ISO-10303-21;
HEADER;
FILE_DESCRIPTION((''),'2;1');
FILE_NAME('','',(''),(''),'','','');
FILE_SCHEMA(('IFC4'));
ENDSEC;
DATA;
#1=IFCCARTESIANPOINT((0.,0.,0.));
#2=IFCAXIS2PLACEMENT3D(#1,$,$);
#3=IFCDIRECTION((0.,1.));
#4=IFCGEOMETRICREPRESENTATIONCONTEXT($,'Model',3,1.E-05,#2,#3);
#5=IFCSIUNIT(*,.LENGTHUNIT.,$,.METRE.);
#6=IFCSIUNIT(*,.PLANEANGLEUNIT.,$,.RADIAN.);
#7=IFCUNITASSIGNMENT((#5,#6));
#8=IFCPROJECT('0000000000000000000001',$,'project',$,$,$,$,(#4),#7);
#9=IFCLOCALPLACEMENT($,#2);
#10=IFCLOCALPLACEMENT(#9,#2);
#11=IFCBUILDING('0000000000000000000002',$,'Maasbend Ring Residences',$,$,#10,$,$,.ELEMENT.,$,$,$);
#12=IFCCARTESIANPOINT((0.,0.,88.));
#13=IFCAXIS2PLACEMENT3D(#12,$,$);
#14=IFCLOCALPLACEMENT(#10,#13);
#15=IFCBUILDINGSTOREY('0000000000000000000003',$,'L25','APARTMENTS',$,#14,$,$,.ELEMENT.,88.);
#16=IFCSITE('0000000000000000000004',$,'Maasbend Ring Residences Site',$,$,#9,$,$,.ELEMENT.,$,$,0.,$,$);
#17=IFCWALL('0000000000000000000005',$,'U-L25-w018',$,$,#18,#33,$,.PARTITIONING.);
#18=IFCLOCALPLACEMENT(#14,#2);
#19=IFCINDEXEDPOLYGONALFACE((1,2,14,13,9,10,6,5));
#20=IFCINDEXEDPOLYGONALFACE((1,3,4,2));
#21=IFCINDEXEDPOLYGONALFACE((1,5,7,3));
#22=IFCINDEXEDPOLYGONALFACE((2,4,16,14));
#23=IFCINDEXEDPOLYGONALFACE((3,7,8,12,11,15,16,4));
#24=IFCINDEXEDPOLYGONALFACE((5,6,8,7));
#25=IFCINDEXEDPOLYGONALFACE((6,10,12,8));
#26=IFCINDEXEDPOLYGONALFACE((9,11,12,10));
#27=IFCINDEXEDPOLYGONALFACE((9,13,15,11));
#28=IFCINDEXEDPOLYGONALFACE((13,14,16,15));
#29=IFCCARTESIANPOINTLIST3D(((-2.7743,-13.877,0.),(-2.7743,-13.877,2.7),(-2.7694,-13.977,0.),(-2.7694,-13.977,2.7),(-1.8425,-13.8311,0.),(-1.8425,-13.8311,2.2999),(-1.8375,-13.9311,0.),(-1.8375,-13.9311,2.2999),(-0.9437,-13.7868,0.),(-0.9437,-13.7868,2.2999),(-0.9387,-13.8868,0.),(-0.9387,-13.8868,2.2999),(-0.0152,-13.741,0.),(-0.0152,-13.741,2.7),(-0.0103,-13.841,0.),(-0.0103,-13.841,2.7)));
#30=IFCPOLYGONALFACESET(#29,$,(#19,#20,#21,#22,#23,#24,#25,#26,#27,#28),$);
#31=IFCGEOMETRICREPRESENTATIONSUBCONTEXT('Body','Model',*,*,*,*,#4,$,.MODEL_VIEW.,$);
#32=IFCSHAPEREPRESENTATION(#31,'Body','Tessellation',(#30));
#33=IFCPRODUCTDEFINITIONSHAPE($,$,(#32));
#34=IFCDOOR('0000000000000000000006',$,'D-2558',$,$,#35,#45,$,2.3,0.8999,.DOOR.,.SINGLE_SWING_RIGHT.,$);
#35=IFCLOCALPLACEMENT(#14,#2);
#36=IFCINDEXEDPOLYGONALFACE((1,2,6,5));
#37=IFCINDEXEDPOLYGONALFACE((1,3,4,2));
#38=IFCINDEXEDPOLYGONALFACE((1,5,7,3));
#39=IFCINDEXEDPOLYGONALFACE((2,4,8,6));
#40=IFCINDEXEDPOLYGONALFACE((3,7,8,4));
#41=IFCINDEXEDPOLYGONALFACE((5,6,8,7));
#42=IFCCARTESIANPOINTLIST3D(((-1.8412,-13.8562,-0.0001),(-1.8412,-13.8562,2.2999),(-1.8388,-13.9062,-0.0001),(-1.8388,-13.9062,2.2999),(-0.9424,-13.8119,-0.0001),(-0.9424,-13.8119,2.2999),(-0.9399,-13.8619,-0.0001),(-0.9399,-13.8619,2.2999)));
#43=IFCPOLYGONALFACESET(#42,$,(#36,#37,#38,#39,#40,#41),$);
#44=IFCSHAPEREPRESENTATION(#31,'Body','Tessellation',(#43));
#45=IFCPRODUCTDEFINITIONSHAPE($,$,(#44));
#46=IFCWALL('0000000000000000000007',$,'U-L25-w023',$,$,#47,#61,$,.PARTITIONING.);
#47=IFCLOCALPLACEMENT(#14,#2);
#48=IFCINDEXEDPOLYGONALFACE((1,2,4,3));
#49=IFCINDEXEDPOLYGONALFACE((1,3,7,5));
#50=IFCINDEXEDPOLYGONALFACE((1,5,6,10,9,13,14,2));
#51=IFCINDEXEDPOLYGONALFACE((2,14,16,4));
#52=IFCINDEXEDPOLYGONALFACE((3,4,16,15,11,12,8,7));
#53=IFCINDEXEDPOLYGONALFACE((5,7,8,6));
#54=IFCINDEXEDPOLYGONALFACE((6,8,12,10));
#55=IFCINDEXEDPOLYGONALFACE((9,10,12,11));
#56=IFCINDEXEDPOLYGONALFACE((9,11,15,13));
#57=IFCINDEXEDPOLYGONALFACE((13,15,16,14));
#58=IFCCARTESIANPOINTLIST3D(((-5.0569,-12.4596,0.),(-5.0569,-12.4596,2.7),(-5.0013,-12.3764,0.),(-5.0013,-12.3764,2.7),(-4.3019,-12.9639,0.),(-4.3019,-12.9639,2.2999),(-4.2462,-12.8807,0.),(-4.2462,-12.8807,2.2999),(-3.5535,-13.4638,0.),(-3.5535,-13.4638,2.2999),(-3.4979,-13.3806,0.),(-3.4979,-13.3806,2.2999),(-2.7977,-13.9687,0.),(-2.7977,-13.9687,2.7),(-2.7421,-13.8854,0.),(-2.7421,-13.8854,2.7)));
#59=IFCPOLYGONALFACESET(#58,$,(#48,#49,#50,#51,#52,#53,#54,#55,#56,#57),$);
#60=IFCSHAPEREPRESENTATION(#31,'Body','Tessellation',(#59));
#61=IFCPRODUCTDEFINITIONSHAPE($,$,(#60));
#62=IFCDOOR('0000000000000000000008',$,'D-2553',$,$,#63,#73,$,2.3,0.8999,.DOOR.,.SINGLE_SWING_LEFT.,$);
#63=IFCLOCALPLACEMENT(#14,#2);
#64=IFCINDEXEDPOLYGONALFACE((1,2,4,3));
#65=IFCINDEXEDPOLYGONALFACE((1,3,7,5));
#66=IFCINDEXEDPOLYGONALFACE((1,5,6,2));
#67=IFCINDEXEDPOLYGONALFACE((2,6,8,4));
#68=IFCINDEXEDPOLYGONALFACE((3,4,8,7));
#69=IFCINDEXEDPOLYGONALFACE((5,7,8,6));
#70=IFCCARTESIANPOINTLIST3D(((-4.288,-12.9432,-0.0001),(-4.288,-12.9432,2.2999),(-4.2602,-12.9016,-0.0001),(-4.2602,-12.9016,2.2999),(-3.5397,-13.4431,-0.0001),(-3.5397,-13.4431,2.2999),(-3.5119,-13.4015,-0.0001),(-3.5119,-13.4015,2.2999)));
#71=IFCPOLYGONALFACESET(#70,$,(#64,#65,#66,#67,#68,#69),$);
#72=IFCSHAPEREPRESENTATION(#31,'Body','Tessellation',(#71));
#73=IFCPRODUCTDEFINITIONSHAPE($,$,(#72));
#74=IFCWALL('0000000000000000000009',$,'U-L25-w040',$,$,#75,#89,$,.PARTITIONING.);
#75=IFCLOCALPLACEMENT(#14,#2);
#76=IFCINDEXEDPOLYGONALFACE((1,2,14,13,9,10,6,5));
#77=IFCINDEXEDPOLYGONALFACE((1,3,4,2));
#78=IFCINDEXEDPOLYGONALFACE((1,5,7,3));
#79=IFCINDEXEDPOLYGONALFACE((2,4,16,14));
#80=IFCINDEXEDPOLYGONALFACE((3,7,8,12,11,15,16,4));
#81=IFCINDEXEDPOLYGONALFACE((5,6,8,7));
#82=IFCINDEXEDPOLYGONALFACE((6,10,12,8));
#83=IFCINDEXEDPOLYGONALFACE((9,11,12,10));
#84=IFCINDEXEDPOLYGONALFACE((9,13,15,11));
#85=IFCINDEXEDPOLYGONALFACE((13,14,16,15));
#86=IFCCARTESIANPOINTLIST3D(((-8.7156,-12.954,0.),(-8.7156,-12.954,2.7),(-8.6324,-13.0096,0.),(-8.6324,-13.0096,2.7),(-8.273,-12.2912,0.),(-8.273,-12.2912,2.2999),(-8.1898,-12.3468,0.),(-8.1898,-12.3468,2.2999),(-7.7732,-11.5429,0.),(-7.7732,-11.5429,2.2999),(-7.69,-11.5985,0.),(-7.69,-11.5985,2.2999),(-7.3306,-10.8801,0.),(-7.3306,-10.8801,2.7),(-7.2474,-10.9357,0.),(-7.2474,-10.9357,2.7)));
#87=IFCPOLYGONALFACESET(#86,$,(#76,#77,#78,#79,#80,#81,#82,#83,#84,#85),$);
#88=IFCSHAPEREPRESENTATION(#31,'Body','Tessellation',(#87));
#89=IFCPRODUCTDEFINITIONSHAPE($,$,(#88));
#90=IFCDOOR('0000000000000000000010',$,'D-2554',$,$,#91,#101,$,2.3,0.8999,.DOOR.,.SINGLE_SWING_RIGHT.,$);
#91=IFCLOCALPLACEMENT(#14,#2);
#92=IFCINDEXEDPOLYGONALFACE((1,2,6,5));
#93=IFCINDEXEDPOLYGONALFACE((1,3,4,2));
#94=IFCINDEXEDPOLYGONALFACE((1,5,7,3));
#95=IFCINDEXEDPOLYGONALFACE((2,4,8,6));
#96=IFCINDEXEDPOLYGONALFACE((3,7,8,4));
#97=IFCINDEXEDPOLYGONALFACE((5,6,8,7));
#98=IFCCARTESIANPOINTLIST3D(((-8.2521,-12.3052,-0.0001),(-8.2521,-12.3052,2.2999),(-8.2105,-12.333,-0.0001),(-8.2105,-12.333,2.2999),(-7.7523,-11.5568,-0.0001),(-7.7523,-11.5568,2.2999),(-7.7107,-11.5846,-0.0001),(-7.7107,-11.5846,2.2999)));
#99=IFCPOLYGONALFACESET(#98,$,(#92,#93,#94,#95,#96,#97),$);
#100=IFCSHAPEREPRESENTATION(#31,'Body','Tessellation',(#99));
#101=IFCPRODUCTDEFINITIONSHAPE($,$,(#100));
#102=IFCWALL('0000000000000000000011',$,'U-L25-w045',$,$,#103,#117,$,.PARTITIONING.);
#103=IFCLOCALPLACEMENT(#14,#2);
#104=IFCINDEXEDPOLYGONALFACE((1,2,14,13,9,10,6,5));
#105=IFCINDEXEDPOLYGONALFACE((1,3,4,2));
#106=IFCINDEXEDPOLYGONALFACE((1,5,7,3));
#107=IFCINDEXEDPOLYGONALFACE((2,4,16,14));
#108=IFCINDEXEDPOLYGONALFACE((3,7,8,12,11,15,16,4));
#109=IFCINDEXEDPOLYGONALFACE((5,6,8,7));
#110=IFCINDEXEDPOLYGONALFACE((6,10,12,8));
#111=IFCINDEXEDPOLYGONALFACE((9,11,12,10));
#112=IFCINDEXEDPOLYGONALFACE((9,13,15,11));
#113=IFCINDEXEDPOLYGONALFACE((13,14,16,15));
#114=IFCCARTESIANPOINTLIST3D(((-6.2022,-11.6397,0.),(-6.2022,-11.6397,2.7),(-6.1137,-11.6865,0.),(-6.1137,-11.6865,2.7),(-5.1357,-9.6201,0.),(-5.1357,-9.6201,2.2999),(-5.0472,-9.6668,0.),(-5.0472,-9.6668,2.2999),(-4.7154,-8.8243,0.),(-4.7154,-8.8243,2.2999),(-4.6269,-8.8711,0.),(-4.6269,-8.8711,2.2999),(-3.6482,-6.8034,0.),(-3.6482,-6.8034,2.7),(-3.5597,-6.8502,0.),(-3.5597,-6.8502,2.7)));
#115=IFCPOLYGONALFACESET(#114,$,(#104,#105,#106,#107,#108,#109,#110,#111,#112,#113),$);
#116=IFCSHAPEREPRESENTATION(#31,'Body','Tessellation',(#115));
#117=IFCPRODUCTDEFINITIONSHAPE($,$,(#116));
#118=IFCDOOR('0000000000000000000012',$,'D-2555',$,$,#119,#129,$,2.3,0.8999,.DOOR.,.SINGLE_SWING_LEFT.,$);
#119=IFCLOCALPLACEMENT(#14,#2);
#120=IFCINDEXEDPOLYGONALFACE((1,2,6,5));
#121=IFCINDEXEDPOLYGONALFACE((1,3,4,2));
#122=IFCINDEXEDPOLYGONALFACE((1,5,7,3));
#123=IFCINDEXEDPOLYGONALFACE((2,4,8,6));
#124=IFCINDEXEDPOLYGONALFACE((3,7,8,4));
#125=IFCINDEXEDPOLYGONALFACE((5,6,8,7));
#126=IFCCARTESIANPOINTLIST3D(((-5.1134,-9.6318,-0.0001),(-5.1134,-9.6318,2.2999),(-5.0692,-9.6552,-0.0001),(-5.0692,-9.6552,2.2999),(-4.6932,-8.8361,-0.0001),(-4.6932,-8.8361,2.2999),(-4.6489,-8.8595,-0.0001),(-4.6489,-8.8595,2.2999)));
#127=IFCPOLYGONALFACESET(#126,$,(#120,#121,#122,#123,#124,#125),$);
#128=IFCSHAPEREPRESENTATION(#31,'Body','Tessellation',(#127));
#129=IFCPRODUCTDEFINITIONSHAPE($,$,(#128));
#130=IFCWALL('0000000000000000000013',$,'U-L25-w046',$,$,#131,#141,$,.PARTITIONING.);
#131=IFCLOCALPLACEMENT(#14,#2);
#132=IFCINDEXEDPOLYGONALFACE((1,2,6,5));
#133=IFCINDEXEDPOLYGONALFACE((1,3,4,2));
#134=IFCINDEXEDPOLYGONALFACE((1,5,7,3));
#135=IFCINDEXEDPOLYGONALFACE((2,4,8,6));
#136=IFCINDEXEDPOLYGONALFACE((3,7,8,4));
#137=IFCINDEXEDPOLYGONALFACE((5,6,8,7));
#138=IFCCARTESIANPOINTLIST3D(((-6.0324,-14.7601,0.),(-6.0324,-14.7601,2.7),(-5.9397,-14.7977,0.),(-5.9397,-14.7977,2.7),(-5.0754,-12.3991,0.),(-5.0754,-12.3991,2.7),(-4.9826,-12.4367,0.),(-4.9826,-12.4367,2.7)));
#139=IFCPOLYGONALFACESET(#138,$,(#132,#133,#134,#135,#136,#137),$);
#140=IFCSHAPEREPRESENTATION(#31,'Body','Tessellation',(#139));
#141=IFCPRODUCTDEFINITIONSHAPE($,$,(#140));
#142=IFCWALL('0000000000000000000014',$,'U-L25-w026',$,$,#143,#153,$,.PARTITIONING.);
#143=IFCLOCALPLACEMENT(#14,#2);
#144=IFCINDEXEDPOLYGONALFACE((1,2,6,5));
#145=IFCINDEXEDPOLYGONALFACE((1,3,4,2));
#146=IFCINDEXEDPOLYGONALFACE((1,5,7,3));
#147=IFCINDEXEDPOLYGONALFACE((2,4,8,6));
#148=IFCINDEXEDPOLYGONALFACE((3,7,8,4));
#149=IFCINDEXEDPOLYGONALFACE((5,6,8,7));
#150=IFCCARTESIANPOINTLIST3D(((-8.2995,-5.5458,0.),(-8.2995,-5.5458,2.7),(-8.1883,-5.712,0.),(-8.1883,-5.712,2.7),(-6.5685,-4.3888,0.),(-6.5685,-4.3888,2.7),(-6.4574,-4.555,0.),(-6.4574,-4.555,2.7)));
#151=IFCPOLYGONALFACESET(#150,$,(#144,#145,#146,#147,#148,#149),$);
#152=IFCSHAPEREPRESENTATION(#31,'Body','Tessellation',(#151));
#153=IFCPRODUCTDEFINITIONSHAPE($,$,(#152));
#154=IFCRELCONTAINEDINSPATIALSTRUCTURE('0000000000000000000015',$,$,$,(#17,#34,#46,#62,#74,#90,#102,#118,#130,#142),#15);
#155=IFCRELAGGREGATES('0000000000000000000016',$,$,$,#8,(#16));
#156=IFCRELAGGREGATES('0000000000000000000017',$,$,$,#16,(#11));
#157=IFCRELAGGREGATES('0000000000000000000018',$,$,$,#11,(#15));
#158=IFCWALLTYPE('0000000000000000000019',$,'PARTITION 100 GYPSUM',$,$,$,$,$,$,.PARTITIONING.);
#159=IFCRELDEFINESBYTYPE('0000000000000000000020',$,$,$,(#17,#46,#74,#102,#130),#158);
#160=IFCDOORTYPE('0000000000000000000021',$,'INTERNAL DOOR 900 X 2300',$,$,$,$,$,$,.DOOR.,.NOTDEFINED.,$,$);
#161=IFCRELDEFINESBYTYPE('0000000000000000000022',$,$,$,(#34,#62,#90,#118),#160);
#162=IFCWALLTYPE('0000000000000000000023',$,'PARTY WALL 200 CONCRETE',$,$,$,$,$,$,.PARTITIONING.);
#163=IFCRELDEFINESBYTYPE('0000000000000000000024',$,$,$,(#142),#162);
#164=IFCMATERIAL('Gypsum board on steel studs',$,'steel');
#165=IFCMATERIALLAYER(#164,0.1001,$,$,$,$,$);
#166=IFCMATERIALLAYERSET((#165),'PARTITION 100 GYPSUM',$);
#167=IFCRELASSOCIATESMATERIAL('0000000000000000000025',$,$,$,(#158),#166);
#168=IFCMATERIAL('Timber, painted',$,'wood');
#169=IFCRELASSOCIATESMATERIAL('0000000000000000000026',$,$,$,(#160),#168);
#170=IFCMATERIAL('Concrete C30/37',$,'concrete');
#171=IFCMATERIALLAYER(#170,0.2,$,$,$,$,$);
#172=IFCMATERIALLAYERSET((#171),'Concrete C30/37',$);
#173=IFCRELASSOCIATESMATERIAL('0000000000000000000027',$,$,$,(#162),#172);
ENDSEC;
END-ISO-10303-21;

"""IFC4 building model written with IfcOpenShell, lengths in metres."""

from ifc_helpers import new_model, si_unit, direction, frame, frame_2d, origin, place, context, subcontext, project, spatial, rectangle, extrude, material, layer, layer_set, type_object, element, fill, save


model = new_model("IFC4")

# Units and contexts
model_context = context("Model", 3, precision=1e-05, world=origin(), true_north=direction((0.0, 1.0)))
body_context = subcontext(model_context, "Body", "Model", "MODEL_VIEW")
ifc_project = project(units=[si_unit("LENGTHUNIT", "METRE"), si_unit("PLANEANGLEUNIT", "RADIAN")], contexts=[model_context])

# Site, building, storey
site_placement = place(None, origin())
site = spatial("IfcSite", under=ifc_project, at=site_placement, Name="Maasbend Ring Residences Site", CompositionType="ELEMENT", RefElevation=0.0)
building_placement = place(site_placement, origin())
building = spatial("IfcBuilding", under=site, at=building_placement, Name="Maasbend Ring Residences", CompositionType="ELEMENT")
storey_placement = place(building_placement, frame((0.0, 0.0, 88.0)))
storey = spatial("IfcBuildingStorey", under=building, at=storey_placement, Name="L25", Description="APARTMENTS", CompositionType="ELEMENT", Elevation=88.0)

# Walls, openings, doors
ifc_material_1 = material(Name="Gypsum board on steel studs", Category="steel")
ifc_layer_1 = layer(ifc_material_1, 0.1001)
ifc_layer_set_1 = layer_set([ifc_layer_1], Name="PARTITION 100 GYPSUM")
wall_type_1 = type_object("IfcWallType", Name="PARTITION 100 GYPSUM", PredefinedType="PARTITIONING", material=ifc_layer_set_1)
wall_1_placement = place(storey_placement, frame((-2.772, -13.927, 0.0), z_axis=(0.0, 0.0, 1.0), x_axis=(0.998788, 0.049228, 0.0)))
wall_1 = element("IfcWall", 1, at=wall_1_placement, inside=storey, type_object=wall_type_1, Name="U-L25-w018", PredefinedType="PARTITIONING", context=body_context, shape_type="SweptSolid", body=[
    extrude(rectangle(XDim=2.7625, YDim=0.1001, at=frame_2d((1.3813, 0.0))), origin(), (0.0, 0.0, 1.0), 2.7),
])
opening_1_placement = place(wall_1_placement, frame((0.9331, 0.0, 0.0)))
opening_1 = element("IfcOpeningElement", 2, at=opening_1_placement, cuts=wall_1, PredefinedType="OPENING", context=body_context, shape_type="SweptSolid", body=[
    extrude(rectangle(XDim=0.8999, YDim=2.3, at=frame_2d((0.45, 1.1499))), frame((0.0, 0.0601, 0.0), z_axis=(0.0, -1.0, 0.0), x_axis=(1.0, 0.0, 0.0)), (0.0, 0.0, 1.0), 0.1201),
])
ifc_material_2 = material(Name="Timber, painted", Category="wood")
door_type = type_object("IfcDoorType", Name="INTERNAL DOOR 900 X 2300", OperationType="NOTDEFINED", PredefinedType="DOOR", material=ifc_material_2)
door_1_placement = place(opening_1_placement, origin())
door_1 = element("IfcDoor", 3, at=door_1_placement, inside=storey, type_object=door_type, Name="D-2558", OperationType="SINGLE_SWING_RIGHT", OverallHeight=2.3, OverallWidth=0.8999, PredefinedType="DOOR", context=body_context, shape_type="SweptSolid", body=[
    extrude(rectangle(XDim=0.8999, YDim=2.3, at=frame_2d((0.45, 1.1499))), frame((0.0, 0.0249, 0.0), z_axis=(0.0, -1.0, 0.0), x_axis=(1.0, 0.0, 0.0)), (0.0, 0.0, 1.0), 0.05),
])
fill(opening_1, door_1)
wall_2_placement = place(storey_placement, frame((-5.0291, -12.418, 0.0), z_axis=(0.0, 0.0, 1.0), x_axis=(0.831538, -0.555467, 0.0)))
wall_2 = element("IfcWall", 4, at=wall_2_placement, inside=storey, type_object=wall_type_1, Name="U-L25-w023", PredefinedType="PARTITIONING", context=body_context, shape_type="SweptSolid", body=[
    extrude(rectangle(XDim=2.7168, YDim=0.1001, at=frame_2d((1.3584, 0.0))), origin(), (0.0, 0.0, 1.0), 2.7),
])
opening_2_placement = place(wall_2_placement, frame((0.908, 0.0, 0.0)))
opening_2 = element("IfcOpeningElement", 5, at=opening_2_placement, cuts=wall_2, PredefinedType="OPENING", context=body_context, shape_type="SweptSolid", body=[
    extrude(rectangle(XDim=0.8999, YDim=2.3, at=frame_2d((0.45, 1.1499))), frame((0.0, 0.0601, 0.0), z_axis=(0.0, -1.0, 0.0), x_axis=(1.0, 0.0, 0.0)), (0.0, 0.0, 1.0), 0.1201),
])
door_2_placement = place(opening_2_placement, origin())
door_2 = element("IfcDoor", 6, at=door_2_placement, inside=storey, type_object=door_type, Name="D-2553", OperationType="SINGLE_SWING_LEFT", OverallHeight=2.3, OverallWidth=0.8999, PredefinedType="DOOR", context=body_context, shape_type="SweptSolid", body=[
    extrude(rectangle(XDim=0.8999, YDim=2.3, at=frame_2d((0.45, 1.1499))), frame((0.0, 0.0249, 0.0), z_axis=(0.0, -1.0, 0.0), x_axis=(1.0, 0.0, 0.0)), (0.0, 0.0, 1.0), 0.05),
])
fill(opening_2, door_2)
wall_3_placement = place(storey_placement, frame((-8.6741, -12.9819, 0.0), z_axis=(0.0, 0.0, 1.0), x_axis=(0.555355, 0.831613, 0.0)))
wall_3 = element("IfcWall", 7, at=wall_3_placement, inside=storey, type_object=wall_type_1, Name="U-L25-w040", PredefinedType="PARTITIONING", context=body_context, shape_type="SweptSolid", body=[
    extrude(rectangle(XDim=2.4939, YDim=0.1001, at=frame_2d((1.2471, 0.0))), origin(), (0.0, 0.0, 1.0), 2.7),
])
opening_3_placement = place(wall_3_placement, frame((0.7971, 0.0, 0.0)))
opening_3 = element("IfcOpeningElement", 8, at=opening_3_placement, cuts=wall_3, PredefinedType="OPENING", context=body_context, shape_type="SweptSolid", body=[
    extrude(rectangle(XDim=0.8999, YDim=2.3, at=frame_2d((0.45, 1.1499))), frame((0.0, 0.0601, 0.0), z_axis=(0.0, -1.0, 0.0), x_axis=(1.0, 0.0, 0.0)), (0.0, 0.0, 1.0), 0.1201),
])
door_3_placement = place(opening_3_placement, origin())
door_3 = element("IfcDoor", 9, at=door_3_placement, inside=storey, type_object=door_type, Name="D-2554", OperationType="SINGLE_SWING_RIGHT", OverallHeight=2.3, OverallWidth=0.8999, PredefinedType="DOOR", context=body_context, shape_type="SweptSolid", body=[
    extrude(rectangle(XDim=0.8999, YDim=2.3, at=frame_2d((0.45, 1.1499))), frame((0.0, 0.0249, 0.0), z_axis=(0.0, -1.0, 0.0), x_axis=(1.0, 0.0, 0.0)), (0.0, 0.0, 1.0), 0.05),
])
fill(opening_3, door_3)
wall_4_placement = place(storey_placement, frame((-6.158, -11.6631, 0.0), z_axis=(0.0, 0.0, 1.0), x_axis=(0.466977, 0.88427, 0.0)))
wall_4 = element("IfcWall", 10, at=wall_4_placement, inside=storey, type_object=wall_type_1, Name="U-L25-w045", PredefinedType="PARTITIONING", context=body_context, shape_type="SweptSolid", body=[
    extrude(rectangle(XDim=5.4692, YDim=0.1001, at=frame_2d((2.7346, 0.0))), origin(), (0.0, 0.0, 1.0), 2.7),
])
opening_4_placement = place(wall_4_placement, frame((2.2839, 0.0, 0.0)))
opening_4 = element("IfcOpeningElement", 11, at=opening_4_placement, cuts=wall_4, PredefinedType="OPENING", context=body_context, shape_type="SweptSolid", body=[
    extrude(rectangle(XDim=0.8999, YDim=2.3, at=frame_2d((0.45, 1.1499))), frame((0.0, 0.0601, 0.0), z_axis=(0.0, -1.0, 0.0), x_axis=(1.0, 0.0, 0.0)), (0.0, 0.0, 1.0), 0.1201),
])
door_4_placement = place(opening_4_placement, origin())
door_4 = element("IfcDoor", 12, at=door_4_placement, inside=storey, type_object=door_type, Name="D-2555", OperationType="SINGLE_SWING_LEFT", OverallHeight=2.3, OverallWidth=0.8999, PredefinedType="DOOR", context=body_context, shape_type="SweptSolid", body=[
    extrude(rectangle(XDim=0.8999, YDim=2.3, at=frame_2d((0.45, 1.1499))), frame((0.0, 0.0249, 0.0), z_axis=(0.0, -1.0, 0.0), x_axis=(1.0, 0.0, 0.0)), (0.0, 0.0, 1.0), 0.05),
])
fill(opening_4, door_4)

# Walls
wall_5_placement = place(storey_placement, frame((-5.9861, -14.7791, 0.0), z_axis=(0.0, 0.0, 1.0), x_axis=(0.375649, 0.926762, 0.0)))
element("IfcWall", 13, at=wall_5_placement, inside=storey, type_object=wall_type_1, Name="U-L25-w046", PredefinedType="PARTITIONING", context=body_context, shape_type="SweptSolid", body=[
    extrude(rectangle(XDim=2.5476, YDim=0.1001, at=frame_2d((1.2739, 0.0))), origin(), (0.0, 0.0, 1.0), 2.7),
])
ifc_material_3 = material(Name="Concrete C30/37", Category="concrete")
ifc_layer_2 = layer(ifc_material_3, 0.2)
ifc_layer_set_2 = layer_set([ifc_layer_2], Name="Concrete C30/37")
wall_type_2 = type_object("IfcWallType", Name="PARTY WALL 200 CONCRETE", PredefinedType="PARTITIONING", material=ifc_layer_set_2)
wall_6_placement = place(storey_placement, frame((-6.5129, -4.4719, 0.0), z_axis=(0.0, 0.0, 1.0), x_axis=(-0.831382, -0.555701, 0.0)))
element("IfcWall", 14, at=wall_6_placement, inside=storey, type_object=wall_type_2, Name="U-L25-w026", PredefinedType="PARTITIONING", context=body_context, shape_type="SweptSolid", body=[
    extrude(rectangle(XDim=2.082, YDim=0.2, at=frame_2d((1.041, 0.0))), origin(), (0.0, 0.0, 1.0), 2.7),
])

save(model, "model.ifc")
